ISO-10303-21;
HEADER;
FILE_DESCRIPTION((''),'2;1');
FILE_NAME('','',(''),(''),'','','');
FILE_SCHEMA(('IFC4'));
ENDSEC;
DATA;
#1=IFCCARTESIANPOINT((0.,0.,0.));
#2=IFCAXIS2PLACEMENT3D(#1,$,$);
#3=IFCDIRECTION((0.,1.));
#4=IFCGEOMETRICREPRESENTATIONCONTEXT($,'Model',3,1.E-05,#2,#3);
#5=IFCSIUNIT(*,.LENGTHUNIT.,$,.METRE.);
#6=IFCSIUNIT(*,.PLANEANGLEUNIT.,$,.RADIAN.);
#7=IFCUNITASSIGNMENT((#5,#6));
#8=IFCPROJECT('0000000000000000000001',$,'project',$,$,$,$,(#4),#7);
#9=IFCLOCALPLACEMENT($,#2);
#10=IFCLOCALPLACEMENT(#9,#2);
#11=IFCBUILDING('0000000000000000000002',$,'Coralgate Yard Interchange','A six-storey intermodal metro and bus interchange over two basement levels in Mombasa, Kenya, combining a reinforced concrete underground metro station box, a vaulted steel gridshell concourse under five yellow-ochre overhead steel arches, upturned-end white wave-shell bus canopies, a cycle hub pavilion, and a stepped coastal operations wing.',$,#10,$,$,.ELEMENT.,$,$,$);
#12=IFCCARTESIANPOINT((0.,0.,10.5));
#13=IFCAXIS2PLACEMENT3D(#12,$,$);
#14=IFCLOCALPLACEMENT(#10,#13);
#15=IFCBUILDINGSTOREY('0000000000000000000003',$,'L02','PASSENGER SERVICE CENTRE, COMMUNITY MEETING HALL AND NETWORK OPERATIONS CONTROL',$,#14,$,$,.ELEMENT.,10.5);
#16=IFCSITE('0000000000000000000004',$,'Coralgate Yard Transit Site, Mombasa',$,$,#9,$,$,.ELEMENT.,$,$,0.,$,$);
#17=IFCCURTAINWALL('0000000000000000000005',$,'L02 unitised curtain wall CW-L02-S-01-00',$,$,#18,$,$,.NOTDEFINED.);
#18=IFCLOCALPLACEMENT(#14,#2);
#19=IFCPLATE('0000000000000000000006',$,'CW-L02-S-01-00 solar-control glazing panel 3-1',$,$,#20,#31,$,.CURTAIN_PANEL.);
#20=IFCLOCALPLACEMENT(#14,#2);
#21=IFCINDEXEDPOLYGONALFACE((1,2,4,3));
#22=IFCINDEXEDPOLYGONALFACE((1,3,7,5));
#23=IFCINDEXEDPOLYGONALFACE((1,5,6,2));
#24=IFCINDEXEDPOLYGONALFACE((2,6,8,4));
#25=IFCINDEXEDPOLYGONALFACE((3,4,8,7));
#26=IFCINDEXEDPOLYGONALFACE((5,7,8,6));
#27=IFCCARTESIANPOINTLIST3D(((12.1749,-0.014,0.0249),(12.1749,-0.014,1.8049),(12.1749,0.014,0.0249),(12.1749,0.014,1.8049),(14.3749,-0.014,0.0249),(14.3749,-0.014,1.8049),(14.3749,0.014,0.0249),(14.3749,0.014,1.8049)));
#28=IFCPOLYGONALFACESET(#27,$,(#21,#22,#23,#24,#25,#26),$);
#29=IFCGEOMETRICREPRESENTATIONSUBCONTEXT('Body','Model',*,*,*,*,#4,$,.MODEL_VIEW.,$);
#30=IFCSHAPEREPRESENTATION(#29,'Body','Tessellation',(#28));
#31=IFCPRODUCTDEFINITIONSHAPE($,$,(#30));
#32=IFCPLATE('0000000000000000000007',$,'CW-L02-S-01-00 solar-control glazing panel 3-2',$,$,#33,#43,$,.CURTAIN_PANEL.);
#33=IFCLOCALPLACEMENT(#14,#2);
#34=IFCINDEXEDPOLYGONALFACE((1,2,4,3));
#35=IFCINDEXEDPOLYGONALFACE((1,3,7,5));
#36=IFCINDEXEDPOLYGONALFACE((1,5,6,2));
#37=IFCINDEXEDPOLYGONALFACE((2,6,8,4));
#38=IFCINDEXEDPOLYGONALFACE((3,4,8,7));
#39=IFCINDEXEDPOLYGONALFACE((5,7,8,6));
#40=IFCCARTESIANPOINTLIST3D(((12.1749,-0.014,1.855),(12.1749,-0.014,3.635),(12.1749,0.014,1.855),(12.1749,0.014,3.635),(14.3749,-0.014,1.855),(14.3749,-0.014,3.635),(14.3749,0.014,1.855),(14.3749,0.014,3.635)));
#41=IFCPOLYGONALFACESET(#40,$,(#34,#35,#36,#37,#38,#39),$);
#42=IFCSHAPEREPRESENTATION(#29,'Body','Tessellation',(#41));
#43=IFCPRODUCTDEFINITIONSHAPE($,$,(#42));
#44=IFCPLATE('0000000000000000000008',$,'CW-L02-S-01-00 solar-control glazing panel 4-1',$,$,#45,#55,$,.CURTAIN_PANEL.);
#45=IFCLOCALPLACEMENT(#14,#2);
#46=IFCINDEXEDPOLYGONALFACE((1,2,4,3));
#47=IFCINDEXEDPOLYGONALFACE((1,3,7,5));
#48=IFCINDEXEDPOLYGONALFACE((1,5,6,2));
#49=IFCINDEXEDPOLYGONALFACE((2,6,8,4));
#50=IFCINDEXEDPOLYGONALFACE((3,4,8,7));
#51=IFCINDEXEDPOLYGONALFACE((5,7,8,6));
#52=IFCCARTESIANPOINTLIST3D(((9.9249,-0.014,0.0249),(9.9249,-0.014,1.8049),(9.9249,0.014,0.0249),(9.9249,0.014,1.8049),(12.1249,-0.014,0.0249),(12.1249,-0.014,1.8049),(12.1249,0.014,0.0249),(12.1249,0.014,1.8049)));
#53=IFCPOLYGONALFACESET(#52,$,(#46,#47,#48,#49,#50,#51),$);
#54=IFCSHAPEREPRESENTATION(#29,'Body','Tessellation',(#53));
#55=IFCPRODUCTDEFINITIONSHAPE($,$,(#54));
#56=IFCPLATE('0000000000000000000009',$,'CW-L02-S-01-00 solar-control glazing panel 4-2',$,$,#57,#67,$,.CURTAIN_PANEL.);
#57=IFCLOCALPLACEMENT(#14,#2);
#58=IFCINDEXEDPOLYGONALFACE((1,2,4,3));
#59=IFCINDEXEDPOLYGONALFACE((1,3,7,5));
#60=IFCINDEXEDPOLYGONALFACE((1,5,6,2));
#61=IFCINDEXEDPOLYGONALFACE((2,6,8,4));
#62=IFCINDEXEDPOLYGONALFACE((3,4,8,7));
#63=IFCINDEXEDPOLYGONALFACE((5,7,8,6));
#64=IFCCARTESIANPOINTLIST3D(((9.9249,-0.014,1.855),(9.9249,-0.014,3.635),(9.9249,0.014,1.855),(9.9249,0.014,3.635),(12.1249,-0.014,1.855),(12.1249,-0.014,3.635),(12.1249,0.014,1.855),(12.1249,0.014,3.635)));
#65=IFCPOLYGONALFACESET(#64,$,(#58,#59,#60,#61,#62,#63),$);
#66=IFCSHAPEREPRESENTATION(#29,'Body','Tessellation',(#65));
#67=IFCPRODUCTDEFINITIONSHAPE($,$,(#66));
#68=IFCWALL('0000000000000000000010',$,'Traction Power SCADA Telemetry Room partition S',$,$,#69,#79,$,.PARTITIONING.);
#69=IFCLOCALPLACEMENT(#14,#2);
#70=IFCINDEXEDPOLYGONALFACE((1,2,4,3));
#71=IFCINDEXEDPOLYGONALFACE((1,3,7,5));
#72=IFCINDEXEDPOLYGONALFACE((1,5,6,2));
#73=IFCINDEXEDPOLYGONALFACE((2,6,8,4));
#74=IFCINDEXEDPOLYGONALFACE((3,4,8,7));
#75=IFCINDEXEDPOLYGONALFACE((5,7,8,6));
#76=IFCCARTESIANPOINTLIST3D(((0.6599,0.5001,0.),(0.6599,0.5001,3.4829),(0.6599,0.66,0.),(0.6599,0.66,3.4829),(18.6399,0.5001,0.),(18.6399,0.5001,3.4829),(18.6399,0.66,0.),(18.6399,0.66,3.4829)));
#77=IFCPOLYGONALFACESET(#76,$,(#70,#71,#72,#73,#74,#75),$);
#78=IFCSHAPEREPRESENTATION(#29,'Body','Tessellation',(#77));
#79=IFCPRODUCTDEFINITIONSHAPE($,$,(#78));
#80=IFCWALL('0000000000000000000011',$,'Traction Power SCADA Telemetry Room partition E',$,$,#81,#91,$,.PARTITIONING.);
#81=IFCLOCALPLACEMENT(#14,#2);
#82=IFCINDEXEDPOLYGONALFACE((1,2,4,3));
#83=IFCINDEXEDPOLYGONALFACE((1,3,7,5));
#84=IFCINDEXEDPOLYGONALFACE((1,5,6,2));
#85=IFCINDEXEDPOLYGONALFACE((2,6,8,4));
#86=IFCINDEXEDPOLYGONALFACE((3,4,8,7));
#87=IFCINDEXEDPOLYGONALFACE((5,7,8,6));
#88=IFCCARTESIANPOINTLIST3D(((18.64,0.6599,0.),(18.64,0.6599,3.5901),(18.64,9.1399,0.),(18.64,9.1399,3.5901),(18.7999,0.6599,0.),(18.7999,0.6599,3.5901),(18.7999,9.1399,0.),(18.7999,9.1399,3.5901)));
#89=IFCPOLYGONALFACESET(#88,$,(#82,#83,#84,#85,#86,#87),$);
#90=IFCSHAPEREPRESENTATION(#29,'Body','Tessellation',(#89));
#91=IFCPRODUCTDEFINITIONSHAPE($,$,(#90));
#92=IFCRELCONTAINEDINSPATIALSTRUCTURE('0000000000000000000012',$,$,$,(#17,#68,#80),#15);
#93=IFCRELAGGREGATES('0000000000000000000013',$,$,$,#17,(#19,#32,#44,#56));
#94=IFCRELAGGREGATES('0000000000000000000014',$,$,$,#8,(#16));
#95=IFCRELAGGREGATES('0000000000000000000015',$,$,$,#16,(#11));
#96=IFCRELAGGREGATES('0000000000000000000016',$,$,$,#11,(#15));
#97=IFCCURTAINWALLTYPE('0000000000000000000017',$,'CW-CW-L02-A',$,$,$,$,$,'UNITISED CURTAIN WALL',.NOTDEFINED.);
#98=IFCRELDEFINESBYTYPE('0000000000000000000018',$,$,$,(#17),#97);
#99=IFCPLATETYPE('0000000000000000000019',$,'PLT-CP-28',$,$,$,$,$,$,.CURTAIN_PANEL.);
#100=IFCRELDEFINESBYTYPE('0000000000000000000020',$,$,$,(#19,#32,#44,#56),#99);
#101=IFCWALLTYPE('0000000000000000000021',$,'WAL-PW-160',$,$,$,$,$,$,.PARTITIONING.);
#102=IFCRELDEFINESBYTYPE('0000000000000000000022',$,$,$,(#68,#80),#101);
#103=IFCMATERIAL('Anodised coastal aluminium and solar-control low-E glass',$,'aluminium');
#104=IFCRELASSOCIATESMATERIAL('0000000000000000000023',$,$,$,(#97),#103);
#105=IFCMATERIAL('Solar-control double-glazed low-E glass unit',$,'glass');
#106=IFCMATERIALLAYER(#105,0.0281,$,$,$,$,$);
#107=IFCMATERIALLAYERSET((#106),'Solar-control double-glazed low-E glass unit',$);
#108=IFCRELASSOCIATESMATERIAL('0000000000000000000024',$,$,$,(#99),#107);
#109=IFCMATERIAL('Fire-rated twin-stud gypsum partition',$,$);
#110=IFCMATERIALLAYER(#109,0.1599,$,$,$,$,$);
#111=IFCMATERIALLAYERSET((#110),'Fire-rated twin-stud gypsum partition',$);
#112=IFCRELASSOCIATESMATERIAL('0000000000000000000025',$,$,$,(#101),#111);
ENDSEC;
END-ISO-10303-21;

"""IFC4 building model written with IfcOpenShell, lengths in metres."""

from ifc_helpers import new_model, si_unit, direction, frame, frame_2d, origin, origin_2d, place, context, subcontext, project, spatial, rectangle, extrude, material, layer, layer_set, type_object, element, aggregate, save


model = new_model("IFC4")

# Units and contexts
model_context = context("Model", 3, precision=1e-05, world=origin(), true_north=direction((0.0, 1.0)))
body_context = subcontext(model_context, "Body", "Model", "MODEL_VIEW")
ifc_project = project(units=[si_unit("LENGTHUNIT", "METRE"), si_unit("PLANEANGLEUNIT", "RADIAN")], contexts=[model_context])

# Site, building, storey
site_placement = place(None, origin())
site = spatial("IfcSite", under=ifc_project, at=site_placement, Name="Coralgate Yard Transit Site, Mombasa", CompositionType="ELEMENT", RefElevation=0.0)
building_placement = place(site_placement, origin())
building = spatial("IfcBuilding", under=site, at=building_placement, Name="Coralgate Yard Interchange", Description="A six-storey intermodal metro and bus interchange over two basement levels in Mombasa, Kenya, combining a reinforced concrete underground metro station box, a vaulted steel gridshell concourse under five yellow-ochre overhead steel arches, upturned-end white wave-shell bus canopies, a cycle hub pavilion, and a stepped coastal operations wing.", CompositionType="ELEMENT")
storey_placement = place(building_placement, frame((0.0, 0.0, 10.5)))
storey = spatial("IfcBuildingStorey", under=building, at=storey_placement, Name="L02", Description="PASSENGER SERVICE CENTRE, COMMUNITY MEETING HALL AND NETWORK OPERATIONS CONTROL", CompositionType="ELEMENT", Elevation=10.5)

# Curtain wall, plates
ifc_material_1 = material(Name="Anodised coastal aluminium and solar-control low-E glass", Category="aluminium")
curtain_wall_type = type_object("IfcCurtainWallType", Name="CW-CW-L02-A", ElementType="UNITISED CURTAIN WALL", PredefinedType="NOTDEFINED", material=ifc_material_1)
curtain_wall_placement = place(storey_placement, origin())
curtain_wall = element("IfcCurtainWall", 1, at=curtain_wall_placement, inside=storey, type_object=curtain_wall_type, Name="L02 unitised curtain wall CW-L02-S-01-00", PredefinedType="NOTDEFINED")
ifc_material_2 = material(Name="Solar-control double-glazed low-E glass unit", Category="glass")
ifc_layer_1 = layer(ifc_material_2, 0.0281)
ifc_layer_set_1 = layer_set([ifc_layer_1], Name="Solar-control double-glazed low-E glass unit")
plate_type = type_object("IfcPlateType", Name="PLT-CP-28", PredefinedType="CURTAIN_PANEL", material=ifc_layer_set_1)
plate_1_placement = place(storey_placement, frame((13.2749, 0.0, 0.0249), z_axis=(0.0, 0.0, 1.0), x_axis=(-1.0, 0.0, 0.0)))
plate_1 = element("IfcPlate", 2, at=plate_1_placement, type_object=plate_type, Name="CW-L02-S-01-00 solar-control glazing panel 3-1", PredefinedType="CURTAIN_PANEL", context=body_context, shape_type="SweptSolid", body=[
    extrude(rectangle(XDim=2.2, YDim=0.0281, at=origin_2d()), origin(), (0.0, 0.0, 1.0), 1.78),
])
plate_2_placement = place(storey_placement, frame((13.2749, 0.0, 1.855), z_axis=(0.0, 0.0, 1.0), x_axis=(-1.0, 0.0, 0.0)))
plate_2 = element("IfcPlate", 3, at=plate_2_placement, type_object=plate_type, Name="CW-L02-S-01-00 solar-control glazing panel 3-2", PredefinedType="CURTAIN_PANEL", context=body_context, shape_type="SweptSolid", body=[
    extrude(rectangle(XDim=2.2, YDim=0.0281, at=origin_2d()), origin(), (0.0, 0.0, 1.0), 1.78),
])
plate_3_placement = place(storey_placement, frame((11.0249, 0.0, 0.0249), z_axis=(0.0, 0.0, 1.0), x_axis=(-1.0, 0.0, 0.0)))
plate_3 = element("IfcPlate", 4, at=plate_3_placement, type_object=plate_type, Name="CW-L02-S-01-00 solar-control glazing panel 4-1", PredefinedType="CURTAIN_PANEL", context=body_context, shape_type="SweptSolid", body=[
    extrude(rectangle(XDim=2.2, YDim=0.0281, at=origin_2d()), origin(), (0.0, 0.0, 1.0), 1.78),
])
plate_4_placement = place(storey_placement, frame((11.0249, 0.0, 1.855), z_axis=(0.0, 0.0, 1.0), x_axis=(-1.0, 0.0, 0.0)))
plate_4 = element("IfcPlate", 5, at=plate_4_placement, type_object=plate_type, Name="CW-L02-S-01-00 solar-control glazing panel 4-2", PredefinedType="CURTAIN_PANEL", context=body_context, shape_type="SweptSolid", body=[
    extrude(rectangle(XDim=2.2, YDim=0.0281, at=origin_2d()), origin(), (0.0, 0.0, 1.0), 1.78),
])
aggregate(curtain_wall, [plate_1, plate_2, plate_3, plate_4])

# Walls
ifc_material_3 = material(Name="Fire-rated twin-stud gypsum partition")
ifc_layer_2 = layer(ifc_material_3, 0.1599)
ifc_layer_set_2 = layer_set([ifc_layer_2], Name="Fire-rated twin-stud gypsum partition")
wall_type = type_object("IfcWallType", Name="WAL-PW-160", PredefinedType="PARTITIONING", material=ifc_layer_set_2)
wall_1_placement = place(storey_placement, frame((18.6399, 0.5801, 0.0), z_axis=(0.0, 0.0, 1.0), x_axis=(-1.0, 0.0, 0.0)))
element("IfcWall", 6, at=wall_1_placement, inside=storey, type_object=wall_type, Name="Traction Power SCADA Telemetry Room partition S", PredefinedType="PARTITIONING", context=body_context, shape_type="SweptSolid", body=[
    extrude(rectangle(XDim=17.98, YDim=0.1599, at=frame_2d((8.99, 0.0))), origin(), (0.0, 0.0, 1.0), 3.4829),
])
wall_2_placement = place(storey_placement, frame((18.72, 9.1399, 0.0), z_axis=(0.0, 0.0, 1.0), x_axis=(0.0, -1.0, 0.0)))
element("IfcWall", 7, at=wall_2_placement, inside=storey, type_object=wall_type, Name="Traction Power SCADA Telemetry Room partition E", PredefinedType="PARTITIONING", context=body_context, shape_type="SweptSolid", body=[
    extrude(rectangle(XDim=8.48, YDim=0.1599, at=frame_2d((4.24, 0.0))), origin(), (0.0, 0.0, 1.0), 3.5901),
])

save(model, "model.ifc")
